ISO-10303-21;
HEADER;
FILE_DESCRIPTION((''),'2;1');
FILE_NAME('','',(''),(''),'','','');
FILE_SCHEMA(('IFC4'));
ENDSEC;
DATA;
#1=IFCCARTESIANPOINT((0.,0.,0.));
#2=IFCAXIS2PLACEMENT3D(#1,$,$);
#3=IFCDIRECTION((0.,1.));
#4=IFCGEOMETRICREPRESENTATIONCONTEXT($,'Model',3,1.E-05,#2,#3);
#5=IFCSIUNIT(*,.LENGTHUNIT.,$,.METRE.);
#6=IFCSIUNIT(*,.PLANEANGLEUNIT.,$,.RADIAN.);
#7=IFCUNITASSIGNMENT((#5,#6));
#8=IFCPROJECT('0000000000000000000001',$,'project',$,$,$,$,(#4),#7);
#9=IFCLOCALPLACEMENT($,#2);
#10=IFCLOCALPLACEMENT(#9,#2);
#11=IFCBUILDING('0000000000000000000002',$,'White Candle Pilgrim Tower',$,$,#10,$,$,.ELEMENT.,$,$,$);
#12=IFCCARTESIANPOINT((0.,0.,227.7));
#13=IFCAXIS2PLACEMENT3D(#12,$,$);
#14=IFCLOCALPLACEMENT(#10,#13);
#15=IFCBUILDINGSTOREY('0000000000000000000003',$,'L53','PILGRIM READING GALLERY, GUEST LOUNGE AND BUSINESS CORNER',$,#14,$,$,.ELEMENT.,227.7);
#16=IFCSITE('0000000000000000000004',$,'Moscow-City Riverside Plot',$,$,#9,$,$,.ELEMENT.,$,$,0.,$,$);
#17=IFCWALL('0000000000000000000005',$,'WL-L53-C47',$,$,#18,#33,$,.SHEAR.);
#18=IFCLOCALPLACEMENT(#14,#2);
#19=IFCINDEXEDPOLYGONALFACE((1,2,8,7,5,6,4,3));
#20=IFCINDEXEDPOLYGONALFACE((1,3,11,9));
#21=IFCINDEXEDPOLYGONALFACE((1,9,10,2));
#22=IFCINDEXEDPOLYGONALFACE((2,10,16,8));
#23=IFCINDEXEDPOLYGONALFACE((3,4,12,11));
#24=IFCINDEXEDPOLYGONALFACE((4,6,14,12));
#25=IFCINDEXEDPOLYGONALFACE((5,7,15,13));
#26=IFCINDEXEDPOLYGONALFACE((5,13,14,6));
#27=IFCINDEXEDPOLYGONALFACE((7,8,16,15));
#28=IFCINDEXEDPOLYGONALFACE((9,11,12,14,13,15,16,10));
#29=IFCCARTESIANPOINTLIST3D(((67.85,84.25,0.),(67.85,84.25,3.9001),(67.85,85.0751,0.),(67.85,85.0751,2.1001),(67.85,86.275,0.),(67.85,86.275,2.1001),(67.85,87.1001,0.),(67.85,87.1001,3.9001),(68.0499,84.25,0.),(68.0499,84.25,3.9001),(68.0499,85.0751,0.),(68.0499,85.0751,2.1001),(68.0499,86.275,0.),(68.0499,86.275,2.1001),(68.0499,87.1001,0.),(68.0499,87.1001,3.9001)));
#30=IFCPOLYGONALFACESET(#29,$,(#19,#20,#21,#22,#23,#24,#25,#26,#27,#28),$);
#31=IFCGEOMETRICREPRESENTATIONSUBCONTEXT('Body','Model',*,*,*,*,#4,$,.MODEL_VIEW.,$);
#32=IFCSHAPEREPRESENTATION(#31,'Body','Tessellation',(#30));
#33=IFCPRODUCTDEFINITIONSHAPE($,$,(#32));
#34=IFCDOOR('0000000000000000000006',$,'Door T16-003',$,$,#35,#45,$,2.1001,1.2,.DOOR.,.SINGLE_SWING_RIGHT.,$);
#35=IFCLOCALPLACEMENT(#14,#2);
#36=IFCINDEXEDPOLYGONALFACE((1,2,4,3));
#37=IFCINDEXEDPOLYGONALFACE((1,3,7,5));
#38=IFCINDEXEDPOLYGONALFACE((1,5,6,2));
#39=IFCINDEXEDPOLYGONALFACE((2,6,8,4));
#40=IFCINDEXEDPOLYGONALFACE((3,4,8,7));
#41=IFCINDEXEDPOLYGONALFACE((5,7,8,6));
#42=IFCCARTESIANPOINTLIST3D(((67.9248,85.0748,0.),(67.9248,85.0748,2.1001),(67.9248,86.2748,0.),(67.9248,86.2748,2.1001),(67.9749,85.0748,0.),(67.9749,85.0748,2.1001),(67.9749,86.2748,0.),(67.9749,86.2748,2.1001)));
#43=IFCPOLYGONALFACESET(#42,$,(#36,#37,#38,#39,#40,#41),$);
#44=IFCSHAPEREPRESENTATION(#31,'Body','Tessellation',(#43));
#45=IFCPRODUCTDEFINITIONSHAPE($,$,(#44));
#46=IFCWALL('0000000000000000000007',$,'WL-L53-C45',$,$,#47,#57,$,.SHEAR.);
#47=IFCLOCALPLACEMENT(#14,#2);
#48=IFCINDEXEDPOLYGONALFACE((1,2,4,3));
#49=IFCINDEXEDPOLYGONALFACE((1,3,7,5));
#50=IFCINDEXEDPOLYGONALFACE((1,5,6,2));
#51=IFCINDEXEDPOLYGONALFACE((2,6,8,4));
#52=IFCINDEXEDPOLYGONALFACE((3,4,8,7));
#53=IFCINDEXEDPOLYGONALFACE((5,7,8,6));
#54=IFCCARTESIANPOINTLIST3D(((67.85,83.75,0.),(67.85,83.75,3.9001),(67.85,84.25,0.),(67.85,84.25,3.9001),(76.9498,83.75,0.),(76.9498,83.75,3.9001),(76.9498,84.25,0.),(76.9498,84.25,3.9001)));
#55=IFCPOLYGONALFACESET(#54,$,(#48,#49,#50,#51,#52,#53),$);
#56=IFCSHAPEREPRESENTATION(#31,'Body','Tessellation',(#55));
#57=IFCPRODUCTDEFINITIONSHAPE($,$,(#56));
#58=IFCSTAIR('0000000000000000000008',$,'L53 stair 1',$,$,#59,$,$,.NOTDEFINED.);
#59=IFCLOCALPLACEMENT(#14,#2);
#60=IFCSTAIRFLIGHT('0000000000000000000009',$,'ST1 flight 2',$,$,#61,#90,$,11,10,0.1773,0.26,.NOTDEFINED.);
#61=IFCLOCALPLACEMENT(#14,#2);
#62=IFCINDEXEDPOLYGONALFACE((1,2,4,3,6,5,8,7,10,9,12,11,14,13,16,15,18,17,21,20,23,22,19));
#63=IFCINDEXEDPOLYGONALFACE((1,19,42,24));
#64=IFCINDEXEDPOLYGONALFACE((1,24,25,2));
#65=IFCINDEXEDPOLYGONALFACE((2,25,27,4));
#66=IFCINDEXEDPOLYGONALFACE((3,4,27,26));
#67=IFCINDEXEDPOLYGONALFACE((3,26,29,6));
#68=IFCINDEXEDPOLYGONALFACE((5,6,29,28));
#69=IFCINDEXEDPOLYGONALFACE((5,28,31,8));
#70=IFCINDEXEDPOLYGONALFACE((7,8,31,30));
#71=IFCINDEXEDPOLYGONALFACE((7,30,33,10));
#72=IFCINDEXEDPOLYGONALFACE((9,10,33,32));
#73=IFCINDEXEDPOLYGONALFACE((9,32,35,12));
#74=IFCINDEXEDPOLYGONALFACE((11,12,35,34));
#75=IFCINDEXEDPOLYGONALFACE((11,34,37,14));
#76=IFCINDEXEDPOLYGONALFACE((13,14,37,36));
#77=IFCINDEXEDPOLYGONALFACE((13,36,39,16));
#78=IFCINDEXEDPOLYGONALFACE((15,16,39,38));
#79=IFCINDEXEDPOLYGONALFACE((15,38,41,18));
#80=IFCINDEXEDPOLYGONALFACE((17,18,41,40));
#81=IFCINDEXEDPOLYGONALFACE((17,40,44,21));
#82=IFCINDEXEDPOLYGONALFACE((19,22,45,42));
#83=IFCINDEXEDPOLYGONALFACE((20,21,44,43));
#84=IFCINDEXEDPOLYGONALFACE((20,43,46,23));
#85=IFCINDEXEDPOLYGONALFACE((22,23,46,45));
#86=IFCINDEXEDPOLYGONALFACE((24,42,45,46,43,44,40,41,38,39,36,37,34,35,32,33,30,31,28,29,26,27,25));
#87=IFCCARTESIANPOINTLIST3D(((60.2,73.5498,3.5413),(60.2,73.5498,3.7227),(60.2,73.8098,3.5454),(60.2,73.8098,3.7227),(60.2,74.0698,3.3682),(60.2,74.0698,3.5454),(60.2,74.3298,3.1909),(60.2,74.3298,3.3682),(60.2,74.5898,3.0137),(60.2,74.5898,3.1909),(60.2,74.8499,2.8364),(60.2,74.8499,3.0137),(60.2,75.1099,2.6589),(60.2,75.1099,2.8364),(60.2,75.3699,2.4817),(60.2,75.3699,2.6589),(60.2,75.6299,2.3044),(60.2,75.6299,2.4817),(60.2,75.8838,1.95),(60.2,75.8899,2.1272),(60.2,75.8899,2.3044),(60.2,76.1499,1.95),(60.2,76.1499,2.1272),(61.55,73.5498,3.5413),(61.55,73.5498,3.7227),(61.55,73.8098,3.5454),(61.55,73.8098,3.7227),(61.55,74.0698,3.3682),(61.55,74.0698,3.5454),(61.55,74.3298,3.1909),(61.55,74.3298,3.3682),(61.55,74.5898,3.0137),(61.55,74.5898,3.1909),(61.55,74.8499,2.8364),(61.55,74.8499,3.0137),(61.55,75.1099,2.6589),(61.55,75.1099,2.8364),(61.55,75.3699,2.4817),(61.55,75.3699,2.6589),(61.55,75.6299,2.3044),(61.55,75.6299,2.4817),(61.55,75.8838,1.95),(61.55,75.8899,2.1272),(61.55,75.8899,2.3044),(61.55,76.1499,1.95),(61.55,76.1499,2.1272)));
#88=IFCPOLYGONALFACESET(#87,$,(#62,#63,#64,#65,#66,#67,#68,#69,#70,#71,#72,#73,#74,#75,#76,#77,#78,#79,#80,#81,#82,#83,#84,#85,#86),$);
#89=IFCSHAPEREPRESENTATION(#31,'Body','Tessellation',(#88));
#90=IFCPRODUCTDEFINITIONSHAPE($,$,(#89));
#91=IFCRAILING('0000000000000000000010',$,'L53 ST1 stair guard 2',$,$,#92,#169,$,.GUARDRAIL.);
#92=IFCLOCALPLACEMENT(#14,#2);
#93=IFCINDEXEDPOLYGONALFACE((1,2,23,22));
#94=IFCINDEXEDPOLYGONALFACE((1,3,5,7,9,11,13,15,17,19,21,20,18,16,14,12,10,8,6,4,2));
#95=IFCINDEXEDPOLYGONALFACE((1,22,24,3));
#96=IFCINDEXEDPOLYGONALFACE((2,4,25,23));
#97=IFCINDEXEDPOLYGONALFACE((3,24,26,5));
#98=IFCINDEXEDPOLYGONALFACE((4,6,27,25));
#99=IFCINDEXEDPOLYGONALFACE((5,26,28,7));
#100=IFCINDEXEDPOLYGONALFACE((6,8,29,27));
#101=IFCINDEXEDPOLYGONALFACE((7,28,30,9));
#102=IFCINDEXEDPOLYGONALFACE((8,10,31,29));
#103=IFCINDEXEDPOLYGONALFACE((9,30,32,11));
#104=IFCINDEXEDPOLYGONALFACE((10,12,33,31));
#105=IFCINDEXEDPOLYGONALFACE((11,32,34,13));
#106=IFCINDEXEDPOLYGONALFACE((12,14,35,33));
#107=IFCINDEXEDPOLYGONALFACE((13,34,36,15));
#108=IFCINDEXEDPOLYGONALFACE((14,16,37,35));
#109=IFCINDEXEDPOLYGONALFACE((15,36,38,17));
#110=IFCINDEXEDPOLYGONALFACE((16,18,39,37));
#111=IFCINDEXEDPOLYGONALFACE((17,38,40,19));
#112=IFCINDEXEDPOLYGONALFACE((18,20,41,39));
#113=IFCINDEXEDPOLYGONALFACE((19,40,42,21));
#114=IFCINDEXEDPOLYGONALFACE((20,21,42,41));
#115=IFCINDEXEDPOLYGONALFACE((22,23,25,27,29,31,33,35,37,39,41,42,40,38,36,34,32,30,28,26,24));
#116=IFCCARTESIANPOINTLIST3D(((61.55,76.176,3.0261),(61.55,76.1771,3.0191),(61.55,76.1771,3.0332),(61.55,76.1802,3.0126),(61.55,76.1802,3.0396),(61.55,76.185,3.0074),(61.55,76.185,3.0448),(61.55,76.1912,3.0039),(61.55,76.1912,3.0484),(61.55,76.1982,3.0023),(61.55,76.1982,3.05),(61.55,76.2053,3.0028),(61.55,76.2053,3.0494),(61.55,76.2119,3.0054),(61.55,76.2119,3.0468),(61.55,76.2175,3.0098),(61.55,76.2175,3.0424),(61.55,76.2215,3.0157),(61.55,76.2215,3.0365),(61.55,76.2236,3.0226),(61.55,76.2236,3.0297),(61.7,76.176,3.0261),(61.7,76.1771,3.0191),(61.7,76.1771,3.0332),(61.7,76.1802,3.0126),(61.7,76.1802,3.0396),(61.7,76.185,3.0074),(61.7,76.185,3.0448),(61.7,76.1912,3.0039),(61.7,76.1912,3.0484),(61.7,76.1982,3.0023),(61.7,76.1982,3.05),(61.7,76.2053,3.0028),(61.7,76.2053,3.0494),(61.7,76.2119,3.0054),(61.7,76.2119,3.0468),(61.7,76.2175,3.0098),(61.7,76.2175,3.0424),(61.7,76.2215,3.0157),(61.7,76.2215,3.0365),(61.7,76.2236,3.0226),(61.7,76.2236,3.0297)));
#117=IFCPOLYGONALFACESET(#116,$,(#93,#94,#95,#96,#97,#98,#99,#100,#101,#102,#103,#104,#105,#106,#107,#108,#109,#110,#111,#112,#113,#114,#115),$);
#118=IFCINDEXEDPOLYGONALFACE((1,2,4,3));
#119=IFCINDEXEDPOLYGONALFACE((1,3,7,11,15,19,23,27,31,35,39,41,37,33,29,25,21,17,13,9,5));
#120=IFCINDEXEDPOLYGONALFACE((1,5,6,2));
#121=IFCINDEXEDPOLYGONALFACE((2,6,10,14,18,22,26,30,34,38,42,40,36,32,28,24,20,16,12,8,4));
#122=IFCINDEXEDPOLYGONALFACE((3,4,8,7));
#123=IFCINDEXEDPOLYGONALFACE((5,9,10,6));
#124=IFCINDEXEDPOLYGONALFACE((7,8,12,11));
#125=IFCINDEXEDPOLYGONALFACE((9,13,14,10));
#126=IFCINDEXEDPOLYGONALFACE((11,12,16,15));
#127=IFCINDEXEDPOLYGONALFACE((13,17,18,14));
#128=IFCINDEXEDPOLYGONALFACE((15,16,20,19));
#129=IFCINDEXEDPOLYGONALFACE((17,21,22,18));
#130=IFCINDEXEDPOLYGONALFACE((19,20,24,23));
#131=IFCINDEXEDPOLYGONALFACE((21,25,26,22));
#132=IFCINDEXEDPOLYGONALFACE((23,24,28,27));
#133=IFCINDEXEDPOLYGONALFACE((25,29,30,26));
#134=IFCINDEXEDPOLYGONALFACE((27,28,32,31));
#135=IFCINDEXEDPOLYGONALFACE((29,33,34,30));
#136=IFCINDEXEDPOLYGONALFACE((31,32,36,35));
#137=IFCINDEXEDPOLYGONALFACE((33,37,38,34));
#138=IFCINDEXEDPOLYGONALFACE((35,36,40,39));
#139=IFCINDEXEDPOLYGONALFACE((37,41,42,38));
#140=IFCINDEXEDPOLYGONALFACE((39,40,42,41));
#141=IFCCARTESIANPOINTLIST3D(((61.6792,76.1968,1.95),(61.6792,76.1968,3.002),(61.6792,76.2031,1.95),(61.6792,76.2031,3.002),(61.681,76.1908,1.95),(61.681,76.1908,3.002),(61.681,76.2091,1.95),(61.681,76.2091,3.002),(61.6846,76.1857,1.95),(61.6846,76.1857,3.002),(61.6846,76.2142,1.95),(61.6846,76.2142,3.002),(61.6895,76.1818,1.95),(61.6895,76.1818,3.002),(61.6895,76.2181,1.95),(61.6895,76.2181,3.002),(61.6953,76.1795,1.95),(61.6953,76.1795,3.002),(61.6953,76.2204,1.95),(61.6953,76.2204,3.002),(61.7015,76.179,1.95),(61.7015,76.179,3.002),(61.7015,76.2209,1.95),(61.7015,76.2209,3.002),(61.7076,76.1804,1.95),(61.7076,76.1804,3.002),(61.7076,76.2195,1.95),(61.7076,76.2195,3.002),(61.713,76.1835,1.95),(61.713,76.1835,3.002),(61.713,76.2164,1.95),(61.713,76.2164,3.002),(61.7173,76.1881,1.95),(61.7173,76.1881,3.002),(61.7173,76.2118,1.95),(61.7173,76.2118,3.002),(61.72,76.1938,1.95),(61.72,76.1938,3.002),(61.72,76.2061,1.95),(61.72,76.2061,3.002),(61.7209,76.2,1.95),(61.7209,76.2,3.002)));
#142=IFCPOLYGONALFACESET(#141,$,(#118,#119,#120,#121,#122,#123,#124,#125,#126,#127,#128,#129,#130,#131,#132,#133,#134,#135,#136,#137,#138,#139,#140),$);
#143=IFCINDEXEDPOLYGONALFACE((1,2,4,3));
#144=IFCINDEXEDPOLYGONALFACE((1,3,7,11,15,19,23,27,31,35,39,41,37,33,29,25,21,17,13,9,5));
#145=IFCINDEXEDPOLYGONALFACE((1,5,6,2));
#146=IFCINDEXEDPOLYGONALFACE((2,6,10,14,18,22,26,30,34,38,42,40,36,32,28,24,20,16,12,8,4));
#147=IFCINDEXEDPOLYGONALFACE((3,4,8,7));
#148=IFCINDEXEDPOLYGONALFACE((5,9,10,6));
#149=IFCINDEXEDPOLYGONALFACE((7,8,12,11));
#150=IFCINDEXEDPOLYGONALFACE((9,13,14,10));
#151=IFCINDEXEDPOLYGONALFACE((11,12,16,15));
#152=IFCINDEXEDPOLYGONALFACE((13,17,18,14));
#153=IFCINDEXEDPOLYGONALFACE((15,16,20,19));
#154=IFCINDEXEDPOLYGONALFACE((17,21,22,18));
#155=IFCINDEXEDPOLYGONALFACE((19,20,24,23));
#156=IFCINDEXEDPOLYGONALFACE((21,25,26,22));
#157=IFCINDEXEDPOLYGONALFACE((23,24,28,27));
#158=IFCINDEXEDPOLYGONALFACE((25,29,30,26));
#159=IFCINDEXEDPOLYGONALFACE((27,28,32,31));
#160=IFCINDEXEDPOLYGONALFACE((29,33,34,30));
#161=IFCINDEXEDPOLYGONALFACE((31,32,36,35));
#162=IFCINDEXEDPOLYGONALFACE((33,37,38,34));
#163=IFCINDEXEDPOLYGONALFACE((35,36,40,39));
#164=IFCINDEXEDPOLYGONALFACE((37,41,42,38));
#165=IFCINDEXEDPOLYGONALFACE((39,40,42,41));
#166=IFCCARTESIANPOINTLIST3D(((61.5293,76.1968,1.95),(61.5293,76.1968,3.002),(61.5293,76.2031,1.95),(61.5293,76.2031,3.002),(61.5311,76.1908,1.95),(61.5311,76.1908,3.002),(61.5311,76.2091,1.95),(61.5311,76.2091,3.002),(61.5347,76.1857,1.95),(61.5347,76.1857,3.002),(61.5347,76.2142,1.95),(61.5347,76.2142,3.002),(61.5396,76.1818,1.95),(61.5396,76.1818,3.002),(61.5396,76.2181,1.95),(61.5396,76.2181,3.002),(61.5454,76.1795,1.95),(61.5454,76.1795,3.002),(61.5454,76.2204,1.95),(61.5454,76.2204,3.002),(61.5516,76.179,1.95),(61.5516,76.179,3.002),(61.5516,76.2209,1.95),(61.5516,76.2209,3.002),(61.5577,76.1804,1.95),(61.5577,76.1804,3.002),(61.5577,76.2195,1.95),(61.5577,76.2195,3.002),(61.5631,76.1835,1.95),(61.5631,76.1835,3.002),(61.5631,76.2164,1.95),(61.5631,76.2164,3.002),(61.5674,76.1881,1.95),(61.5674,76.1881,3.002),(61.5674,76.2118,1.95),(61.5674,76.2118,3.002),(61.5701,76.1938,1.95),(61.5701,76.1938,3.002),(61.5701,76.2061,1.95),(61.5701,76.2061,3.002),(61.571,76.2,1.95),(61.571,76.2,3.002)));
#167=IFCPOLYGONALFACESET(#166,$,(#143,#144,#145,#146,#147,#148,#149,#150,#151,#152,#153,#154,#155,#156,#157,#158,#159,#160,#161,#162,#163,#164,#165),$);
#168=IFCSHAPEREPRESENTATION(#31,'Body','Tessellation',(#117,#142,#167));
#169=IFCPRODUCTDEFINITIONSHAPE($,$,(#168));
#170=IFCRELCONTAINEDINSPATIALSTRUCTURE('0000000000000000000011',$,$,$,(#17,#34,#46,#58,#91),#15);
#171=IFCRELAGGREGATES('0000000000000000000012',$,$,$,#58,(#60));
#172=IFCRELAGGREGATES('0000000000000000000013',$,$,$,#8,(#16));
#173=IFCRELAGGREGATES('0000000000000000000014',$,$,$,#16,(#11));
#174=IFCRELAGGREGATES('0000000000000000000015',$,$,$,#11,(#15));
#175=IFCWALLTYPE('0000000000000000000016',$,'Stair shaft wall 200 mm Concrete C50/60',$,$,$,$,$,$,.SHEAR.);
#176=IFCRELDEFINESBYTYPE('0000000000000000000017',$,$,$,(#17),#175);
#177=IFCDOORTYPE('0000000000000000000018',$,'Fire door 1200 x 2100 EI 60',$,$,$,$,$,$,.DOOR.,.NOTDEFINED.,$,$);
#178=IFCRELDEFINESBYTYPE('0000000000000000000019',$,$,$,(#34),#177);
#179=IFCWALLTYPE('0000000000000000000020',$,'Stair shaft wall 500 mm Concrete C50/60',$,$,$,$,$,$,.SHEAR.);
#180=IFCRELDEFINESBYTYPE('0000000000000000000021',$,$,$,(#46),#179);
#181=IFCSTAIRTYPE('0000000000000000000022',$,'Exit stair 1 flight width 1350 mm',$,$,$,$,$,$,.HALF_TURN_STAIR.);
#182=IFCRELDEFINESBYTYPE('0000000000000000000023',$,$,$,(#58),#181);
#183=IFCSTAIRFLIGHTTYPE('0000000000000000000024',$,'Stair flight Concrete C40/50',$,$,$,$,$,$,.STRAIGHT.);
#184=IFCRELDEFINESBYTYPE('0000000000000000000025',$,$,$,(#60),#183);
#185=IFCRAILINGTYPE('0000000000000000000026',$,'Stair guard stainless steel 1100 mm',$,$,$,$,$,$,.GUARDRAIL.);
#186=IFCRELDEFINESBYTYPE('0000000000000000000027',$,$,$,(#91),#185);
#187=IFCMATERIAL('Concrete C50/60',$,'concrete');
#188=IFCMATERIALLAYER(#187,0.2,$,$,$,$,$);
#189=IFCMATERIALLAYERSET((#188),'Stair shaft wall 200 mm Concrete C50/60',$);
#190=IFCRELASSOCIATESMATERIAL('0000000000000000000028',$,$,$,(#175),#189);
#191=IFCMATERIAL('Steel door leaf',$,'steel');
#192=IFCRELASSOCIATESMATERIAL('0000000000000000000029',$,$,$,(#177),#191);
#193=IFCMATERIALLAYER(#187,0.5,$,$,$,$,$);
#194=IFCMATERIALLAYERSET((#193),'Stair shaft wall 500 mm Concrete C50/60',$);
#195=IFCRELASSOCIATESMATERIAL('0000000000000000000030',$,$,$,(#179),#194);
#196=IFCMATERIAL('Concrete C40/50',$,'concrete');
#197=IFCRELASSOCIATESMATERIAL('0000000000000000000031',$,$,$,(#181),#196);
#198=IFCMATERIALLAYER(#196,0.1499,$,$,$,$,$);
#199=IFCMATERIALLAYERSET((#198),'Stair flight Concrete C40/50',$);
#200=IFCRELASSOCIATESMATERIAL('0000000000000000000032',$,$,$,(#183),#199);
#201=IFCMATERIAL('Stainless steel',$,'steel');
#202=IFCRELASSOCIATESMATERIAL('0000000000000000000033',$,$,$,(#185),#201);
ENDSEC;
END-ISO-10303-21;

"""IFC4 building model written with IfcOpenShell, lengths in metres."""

from ifc_helpers import new_model, si_unit, direction, frame, frame_2d, origin, origin_2d, place, context, subcontext, project, spatial, polyline, rectangle, circle, outline, extrude, material, layer, layer_set, type_object, element, fill, aggregate, save


model = new_model("IFC4")

# Units and contexts
model_context = context("Model", 3, precision=1e-05, world=origin(), true_north=direction((0.0, 1.0)))
body_context = subcontext(model_context, "Body", "Model", "MODEL_VIEW")
ifc_project = project(units=[si_unit("LENGTHUNIT", "METRE"), si_unit("PLANEANGLEUNIT", "RADIAN")], contexts=[model_context])

# Site, building, storey
site_placement = place(None, origin())
site = spatial("IfcSite", under=ifc_project, at=site_placement, Name="Moscow-City Riverside Plot", CompositionType="ELEMENT", RefElevation=0.0)
building_placement = place(site_placement, origin())
building = spatial("IfcBuilding", under=site, at=building_placement, Name="White Candle Pilgrim Tower", CompositionType="ELEMENT")
storey_placement = place(building_placement, frame((0.0, 0.0, 227.7)))
storey = spatial("IfcBuildingStorey", under=building, at=storey_placement, Name="L53", Description="PILGRIM READING GALLERY, GUEST LOUNGE AND BUSINESS CORNER", CompositionType="ELEMENT", Elevation=227.7)

# Shared definitions
ifc_material_1 = material(Name="Concrete C50/60", Category="concrete")

# Shared definitions
ifc_material_2 = material(Name="Steel door leaf", Category="steel")

# Shared definitions
ifc_layer_1 = layer(ifc_material_1, 0.2)
ifc_layer_set_1 = layer_set([ifc_layer_1], Name="Stair shaft wall 200 mm Concrete C50/60")
wall_type_1 = type_object("IfcWallType", Name="Stair shaft wall 200 mm Concrete C50/60", PredefinedType="SHEAR", material=ifc_layer_set_1)
ifc_material_3 = material(Name="Stainless steel", Category="steel")

# Wall, opening, door
wall_1_placement = place(storey_placement, frame((67.95, 84.25, 0.0), z_axis=(0.0, 0.0, 1.0), x_axis=(0.0, 1.0, 0.0)))
wall_1 = element("IfcWall", 1, at=wall_1_placement, inside=storey, type_object=wall_type_1, Name="WL-L53-C47", PredefinedType="SHEAR", context=body_context, shape_type="SweptSolid", body=[
    extrude(rectangle(XDim=2.8501, YDim=0.2, at=frame_2d((1.425, 0.0))), origin(), (0.0, 0.0, 1.0), 3.9001),
])
opening_1_placement = place(wall_1_placement, frame((0.825, 0.0, 0.0)))
opening_1 = element("IfcOpeningElement", 2, at=opening_1_placement, cuts=wall_1, PredefinedType="OPENING", context=body_context, shape_type="SweptSolid", body=[
    extrude(rectangle(XDim=1.2, YDim=2.1001, at=frame_2d((0.6001, 1.05))), frame((0.0, 0.1099, 0.0), z_axis=(0.0, -1.0, 0.0), x_axis=(1.0, 0.0, 0.0)), (0.0, 0.0, 1.0), 0.22),
])
door_type_1 = type_object("IfcDoorType", Name="Fire door 1200 x 2100 EI 60", OperationType="NOTDEFINED", PredefinedType="DOOR", material=ifc_material_2)
door_1_placement = place(opening_1_placement, frame((1.2, 0.0, 0.0), z_axis=(0.0, 0.0, 1.0), x_axis=(-1.0, 0.0, 0.0)))
door_1 = element("IfcDoor", 3, at=door_1_placement, inside=storey, type_object=door_type_1, Name="Door T16-003", OperationType="SINGLE_SWING_RIGHT", OverallHeight=2.1001, OverallWidth=1.2, PredefinedType="DOOR", context=body_context, shape_type="SweptSolid", body=[
    extrude(rectangle(XDim=1.2, YDim=2.1001, at=frame_2d((0.6001, 1.05))), frame((0.0, 0.0249, 0.0), z_axis=(0.0, -1.0, 0.0), x_axis=(1.0, 0.0, 0.0)), (0.0, 0.0, 1.0), 0.05),
])
fill(opening_1, door_1)

# Wall
ifc_layer_2 = layer(ifc_material_1, 0.5)
ifc_layer_set_2 = layer_set([ifc_layer_2], Name="Stair shaft wall 500 mm Concrete C50/60")
wall_type_2 = type_object("IfcWallType", Name="Stair shaft wall 500 mm Concrete C50/60", PredefinedType="SHEAR", material=ifc_layer_set_2)
wall_2_placement = place(storey_placement, frame((67.8501, 84.0, 0.0), z_axis=(0.0, 0.0, 1.0), x_axis=(1.0, 0.0, 0.0)))
element("IfcWall", 4, at=wall_2_placement, inside=storey, type_object=wall_type_2, Name="WL-L53-C45", PredefinedType="SHEAR", context=body_context, shape_type="SweptSolid", body=[
    extrude(rectangle(XDim=9.0999, YDim=0.5, at=frame_2d((4.5498, 0.0))), origin(), (0.0, 0.0, 1.0), 3.9001),
])

# Stair, stair flight
ifc_material_4 = material(Name="Concrete C40/50", Category="concrete")
stair_type = type_object("IfcStairType", Name="Exit stair 1 flight width 1350 mm", PredefinedType="HALF_TURN_STAIR", material=ifc_material_4)
stair_placement = place(storey_placement, origin())
stair = element("IfcStair", 5, at=stair_placement, inside=storey, type_object=stair_type, Name="L53 stair 1", PredefinedType="NOTDEFINED")
ifc_layer_3 = layer(ifc_material_4, 0.1499)
ifc_layer_set_3 = layer_set([ifc_layer_3], Name="Stair flight Concrete C40/50")
stair_flight_type = type_object("IfcStairFlightType", Name="Stair flight Concrete C40/50", PredefinedType="STRAIGHT", material=ifc_layer_set_3)
stair_flight_placement = place(storey_placement, frame((60.875, 76.1499, 1.95), z_axis=(0.0, 0.0, 1.0), x_axis=(0.0, -1.0, 0.0)))
stair_flight = element("IfcStairFlight", 6, at=stair_flight_placement, type_object=stair_flight_type, Name="ST1 flight 2", NumberOfRisers=11, NumberOfTreads=10, PredefinedType="NOTDEFINED", RiserHeight=0.1773, TreadLength=0.26, context=body_context, shape_type="SweptSolid", body=[
    extrude(outline(polyline([(0.0, 0.0), (0.0, 0.1772), (0.26, 0.1772), (0.26, 0.3545), (0.52, 0.3545), (0.52, 0.5317), (0.78, 0.5317), (0.78, 0.709), (1.04, 0.709), (1.04, 0.8865), (1.3, 0.8865), (1.3, 1.0637), (1.5601, 1.0637), (1.5601, 1.241), (1.8201, 1.241), (1.8201, 1.4182), (2.0801, 1.4182), (2.0801, 1.5955), (2.3401, 1.5955), (2.3401, 1.7727), (2.6001, 1.7727), (2.6001, 1.95), (2.6001, 1.5913), (0.2661, 0.0), (0.0, 0.0)])), frame((0.0, 0.675, 0.0), z_axis=(0.0, -1.0, 0.0), x_axis=(1.0, 0.0, 0.0)), (0.0, 0.0, 1.0), 1.3501),
])
aggregate(stair, [stair_flight])

# Railing
railing_type_1 = type_object("IfcRailingType", Name="Stair guard stainless steel 1100 mm", PredefinedType="GUARDRAIL", material=ifc_material_3)
railing_1_placement = place(storey_placement, frame((61.7, 76.2, 1.95)))
element("IfcRailing", 7, at=railing_1_placement, inside=storey, type_object=railing_type_1, Name="L53 ST1 stair guard 2", PredefinedType="GUARDRAIL", context=body_context, shape_type="SweptSolid", body=[
    extrude(circle(Radius=0.0239, at=origin_2d()), frame((0.0, 0.0, 1.0762), z_axis=(-1.0, 0.0, 0.0), x_axis=(0.0, -1.0, 0.0)), (0.0, 0.0, 1.0), 0.1499),
    extrude(circle(Radius=0.021, at=origin_2d()), origin(), (0.0, 0.0, 1.0), 1.052),
    extrude(circle(Radius=0.021, at=origin_2d()), frame((-0.1499, 0.0, 0.0)), (0.0, 0.0, 1.0), 1.052),
])

save(model, "model.ifc")
